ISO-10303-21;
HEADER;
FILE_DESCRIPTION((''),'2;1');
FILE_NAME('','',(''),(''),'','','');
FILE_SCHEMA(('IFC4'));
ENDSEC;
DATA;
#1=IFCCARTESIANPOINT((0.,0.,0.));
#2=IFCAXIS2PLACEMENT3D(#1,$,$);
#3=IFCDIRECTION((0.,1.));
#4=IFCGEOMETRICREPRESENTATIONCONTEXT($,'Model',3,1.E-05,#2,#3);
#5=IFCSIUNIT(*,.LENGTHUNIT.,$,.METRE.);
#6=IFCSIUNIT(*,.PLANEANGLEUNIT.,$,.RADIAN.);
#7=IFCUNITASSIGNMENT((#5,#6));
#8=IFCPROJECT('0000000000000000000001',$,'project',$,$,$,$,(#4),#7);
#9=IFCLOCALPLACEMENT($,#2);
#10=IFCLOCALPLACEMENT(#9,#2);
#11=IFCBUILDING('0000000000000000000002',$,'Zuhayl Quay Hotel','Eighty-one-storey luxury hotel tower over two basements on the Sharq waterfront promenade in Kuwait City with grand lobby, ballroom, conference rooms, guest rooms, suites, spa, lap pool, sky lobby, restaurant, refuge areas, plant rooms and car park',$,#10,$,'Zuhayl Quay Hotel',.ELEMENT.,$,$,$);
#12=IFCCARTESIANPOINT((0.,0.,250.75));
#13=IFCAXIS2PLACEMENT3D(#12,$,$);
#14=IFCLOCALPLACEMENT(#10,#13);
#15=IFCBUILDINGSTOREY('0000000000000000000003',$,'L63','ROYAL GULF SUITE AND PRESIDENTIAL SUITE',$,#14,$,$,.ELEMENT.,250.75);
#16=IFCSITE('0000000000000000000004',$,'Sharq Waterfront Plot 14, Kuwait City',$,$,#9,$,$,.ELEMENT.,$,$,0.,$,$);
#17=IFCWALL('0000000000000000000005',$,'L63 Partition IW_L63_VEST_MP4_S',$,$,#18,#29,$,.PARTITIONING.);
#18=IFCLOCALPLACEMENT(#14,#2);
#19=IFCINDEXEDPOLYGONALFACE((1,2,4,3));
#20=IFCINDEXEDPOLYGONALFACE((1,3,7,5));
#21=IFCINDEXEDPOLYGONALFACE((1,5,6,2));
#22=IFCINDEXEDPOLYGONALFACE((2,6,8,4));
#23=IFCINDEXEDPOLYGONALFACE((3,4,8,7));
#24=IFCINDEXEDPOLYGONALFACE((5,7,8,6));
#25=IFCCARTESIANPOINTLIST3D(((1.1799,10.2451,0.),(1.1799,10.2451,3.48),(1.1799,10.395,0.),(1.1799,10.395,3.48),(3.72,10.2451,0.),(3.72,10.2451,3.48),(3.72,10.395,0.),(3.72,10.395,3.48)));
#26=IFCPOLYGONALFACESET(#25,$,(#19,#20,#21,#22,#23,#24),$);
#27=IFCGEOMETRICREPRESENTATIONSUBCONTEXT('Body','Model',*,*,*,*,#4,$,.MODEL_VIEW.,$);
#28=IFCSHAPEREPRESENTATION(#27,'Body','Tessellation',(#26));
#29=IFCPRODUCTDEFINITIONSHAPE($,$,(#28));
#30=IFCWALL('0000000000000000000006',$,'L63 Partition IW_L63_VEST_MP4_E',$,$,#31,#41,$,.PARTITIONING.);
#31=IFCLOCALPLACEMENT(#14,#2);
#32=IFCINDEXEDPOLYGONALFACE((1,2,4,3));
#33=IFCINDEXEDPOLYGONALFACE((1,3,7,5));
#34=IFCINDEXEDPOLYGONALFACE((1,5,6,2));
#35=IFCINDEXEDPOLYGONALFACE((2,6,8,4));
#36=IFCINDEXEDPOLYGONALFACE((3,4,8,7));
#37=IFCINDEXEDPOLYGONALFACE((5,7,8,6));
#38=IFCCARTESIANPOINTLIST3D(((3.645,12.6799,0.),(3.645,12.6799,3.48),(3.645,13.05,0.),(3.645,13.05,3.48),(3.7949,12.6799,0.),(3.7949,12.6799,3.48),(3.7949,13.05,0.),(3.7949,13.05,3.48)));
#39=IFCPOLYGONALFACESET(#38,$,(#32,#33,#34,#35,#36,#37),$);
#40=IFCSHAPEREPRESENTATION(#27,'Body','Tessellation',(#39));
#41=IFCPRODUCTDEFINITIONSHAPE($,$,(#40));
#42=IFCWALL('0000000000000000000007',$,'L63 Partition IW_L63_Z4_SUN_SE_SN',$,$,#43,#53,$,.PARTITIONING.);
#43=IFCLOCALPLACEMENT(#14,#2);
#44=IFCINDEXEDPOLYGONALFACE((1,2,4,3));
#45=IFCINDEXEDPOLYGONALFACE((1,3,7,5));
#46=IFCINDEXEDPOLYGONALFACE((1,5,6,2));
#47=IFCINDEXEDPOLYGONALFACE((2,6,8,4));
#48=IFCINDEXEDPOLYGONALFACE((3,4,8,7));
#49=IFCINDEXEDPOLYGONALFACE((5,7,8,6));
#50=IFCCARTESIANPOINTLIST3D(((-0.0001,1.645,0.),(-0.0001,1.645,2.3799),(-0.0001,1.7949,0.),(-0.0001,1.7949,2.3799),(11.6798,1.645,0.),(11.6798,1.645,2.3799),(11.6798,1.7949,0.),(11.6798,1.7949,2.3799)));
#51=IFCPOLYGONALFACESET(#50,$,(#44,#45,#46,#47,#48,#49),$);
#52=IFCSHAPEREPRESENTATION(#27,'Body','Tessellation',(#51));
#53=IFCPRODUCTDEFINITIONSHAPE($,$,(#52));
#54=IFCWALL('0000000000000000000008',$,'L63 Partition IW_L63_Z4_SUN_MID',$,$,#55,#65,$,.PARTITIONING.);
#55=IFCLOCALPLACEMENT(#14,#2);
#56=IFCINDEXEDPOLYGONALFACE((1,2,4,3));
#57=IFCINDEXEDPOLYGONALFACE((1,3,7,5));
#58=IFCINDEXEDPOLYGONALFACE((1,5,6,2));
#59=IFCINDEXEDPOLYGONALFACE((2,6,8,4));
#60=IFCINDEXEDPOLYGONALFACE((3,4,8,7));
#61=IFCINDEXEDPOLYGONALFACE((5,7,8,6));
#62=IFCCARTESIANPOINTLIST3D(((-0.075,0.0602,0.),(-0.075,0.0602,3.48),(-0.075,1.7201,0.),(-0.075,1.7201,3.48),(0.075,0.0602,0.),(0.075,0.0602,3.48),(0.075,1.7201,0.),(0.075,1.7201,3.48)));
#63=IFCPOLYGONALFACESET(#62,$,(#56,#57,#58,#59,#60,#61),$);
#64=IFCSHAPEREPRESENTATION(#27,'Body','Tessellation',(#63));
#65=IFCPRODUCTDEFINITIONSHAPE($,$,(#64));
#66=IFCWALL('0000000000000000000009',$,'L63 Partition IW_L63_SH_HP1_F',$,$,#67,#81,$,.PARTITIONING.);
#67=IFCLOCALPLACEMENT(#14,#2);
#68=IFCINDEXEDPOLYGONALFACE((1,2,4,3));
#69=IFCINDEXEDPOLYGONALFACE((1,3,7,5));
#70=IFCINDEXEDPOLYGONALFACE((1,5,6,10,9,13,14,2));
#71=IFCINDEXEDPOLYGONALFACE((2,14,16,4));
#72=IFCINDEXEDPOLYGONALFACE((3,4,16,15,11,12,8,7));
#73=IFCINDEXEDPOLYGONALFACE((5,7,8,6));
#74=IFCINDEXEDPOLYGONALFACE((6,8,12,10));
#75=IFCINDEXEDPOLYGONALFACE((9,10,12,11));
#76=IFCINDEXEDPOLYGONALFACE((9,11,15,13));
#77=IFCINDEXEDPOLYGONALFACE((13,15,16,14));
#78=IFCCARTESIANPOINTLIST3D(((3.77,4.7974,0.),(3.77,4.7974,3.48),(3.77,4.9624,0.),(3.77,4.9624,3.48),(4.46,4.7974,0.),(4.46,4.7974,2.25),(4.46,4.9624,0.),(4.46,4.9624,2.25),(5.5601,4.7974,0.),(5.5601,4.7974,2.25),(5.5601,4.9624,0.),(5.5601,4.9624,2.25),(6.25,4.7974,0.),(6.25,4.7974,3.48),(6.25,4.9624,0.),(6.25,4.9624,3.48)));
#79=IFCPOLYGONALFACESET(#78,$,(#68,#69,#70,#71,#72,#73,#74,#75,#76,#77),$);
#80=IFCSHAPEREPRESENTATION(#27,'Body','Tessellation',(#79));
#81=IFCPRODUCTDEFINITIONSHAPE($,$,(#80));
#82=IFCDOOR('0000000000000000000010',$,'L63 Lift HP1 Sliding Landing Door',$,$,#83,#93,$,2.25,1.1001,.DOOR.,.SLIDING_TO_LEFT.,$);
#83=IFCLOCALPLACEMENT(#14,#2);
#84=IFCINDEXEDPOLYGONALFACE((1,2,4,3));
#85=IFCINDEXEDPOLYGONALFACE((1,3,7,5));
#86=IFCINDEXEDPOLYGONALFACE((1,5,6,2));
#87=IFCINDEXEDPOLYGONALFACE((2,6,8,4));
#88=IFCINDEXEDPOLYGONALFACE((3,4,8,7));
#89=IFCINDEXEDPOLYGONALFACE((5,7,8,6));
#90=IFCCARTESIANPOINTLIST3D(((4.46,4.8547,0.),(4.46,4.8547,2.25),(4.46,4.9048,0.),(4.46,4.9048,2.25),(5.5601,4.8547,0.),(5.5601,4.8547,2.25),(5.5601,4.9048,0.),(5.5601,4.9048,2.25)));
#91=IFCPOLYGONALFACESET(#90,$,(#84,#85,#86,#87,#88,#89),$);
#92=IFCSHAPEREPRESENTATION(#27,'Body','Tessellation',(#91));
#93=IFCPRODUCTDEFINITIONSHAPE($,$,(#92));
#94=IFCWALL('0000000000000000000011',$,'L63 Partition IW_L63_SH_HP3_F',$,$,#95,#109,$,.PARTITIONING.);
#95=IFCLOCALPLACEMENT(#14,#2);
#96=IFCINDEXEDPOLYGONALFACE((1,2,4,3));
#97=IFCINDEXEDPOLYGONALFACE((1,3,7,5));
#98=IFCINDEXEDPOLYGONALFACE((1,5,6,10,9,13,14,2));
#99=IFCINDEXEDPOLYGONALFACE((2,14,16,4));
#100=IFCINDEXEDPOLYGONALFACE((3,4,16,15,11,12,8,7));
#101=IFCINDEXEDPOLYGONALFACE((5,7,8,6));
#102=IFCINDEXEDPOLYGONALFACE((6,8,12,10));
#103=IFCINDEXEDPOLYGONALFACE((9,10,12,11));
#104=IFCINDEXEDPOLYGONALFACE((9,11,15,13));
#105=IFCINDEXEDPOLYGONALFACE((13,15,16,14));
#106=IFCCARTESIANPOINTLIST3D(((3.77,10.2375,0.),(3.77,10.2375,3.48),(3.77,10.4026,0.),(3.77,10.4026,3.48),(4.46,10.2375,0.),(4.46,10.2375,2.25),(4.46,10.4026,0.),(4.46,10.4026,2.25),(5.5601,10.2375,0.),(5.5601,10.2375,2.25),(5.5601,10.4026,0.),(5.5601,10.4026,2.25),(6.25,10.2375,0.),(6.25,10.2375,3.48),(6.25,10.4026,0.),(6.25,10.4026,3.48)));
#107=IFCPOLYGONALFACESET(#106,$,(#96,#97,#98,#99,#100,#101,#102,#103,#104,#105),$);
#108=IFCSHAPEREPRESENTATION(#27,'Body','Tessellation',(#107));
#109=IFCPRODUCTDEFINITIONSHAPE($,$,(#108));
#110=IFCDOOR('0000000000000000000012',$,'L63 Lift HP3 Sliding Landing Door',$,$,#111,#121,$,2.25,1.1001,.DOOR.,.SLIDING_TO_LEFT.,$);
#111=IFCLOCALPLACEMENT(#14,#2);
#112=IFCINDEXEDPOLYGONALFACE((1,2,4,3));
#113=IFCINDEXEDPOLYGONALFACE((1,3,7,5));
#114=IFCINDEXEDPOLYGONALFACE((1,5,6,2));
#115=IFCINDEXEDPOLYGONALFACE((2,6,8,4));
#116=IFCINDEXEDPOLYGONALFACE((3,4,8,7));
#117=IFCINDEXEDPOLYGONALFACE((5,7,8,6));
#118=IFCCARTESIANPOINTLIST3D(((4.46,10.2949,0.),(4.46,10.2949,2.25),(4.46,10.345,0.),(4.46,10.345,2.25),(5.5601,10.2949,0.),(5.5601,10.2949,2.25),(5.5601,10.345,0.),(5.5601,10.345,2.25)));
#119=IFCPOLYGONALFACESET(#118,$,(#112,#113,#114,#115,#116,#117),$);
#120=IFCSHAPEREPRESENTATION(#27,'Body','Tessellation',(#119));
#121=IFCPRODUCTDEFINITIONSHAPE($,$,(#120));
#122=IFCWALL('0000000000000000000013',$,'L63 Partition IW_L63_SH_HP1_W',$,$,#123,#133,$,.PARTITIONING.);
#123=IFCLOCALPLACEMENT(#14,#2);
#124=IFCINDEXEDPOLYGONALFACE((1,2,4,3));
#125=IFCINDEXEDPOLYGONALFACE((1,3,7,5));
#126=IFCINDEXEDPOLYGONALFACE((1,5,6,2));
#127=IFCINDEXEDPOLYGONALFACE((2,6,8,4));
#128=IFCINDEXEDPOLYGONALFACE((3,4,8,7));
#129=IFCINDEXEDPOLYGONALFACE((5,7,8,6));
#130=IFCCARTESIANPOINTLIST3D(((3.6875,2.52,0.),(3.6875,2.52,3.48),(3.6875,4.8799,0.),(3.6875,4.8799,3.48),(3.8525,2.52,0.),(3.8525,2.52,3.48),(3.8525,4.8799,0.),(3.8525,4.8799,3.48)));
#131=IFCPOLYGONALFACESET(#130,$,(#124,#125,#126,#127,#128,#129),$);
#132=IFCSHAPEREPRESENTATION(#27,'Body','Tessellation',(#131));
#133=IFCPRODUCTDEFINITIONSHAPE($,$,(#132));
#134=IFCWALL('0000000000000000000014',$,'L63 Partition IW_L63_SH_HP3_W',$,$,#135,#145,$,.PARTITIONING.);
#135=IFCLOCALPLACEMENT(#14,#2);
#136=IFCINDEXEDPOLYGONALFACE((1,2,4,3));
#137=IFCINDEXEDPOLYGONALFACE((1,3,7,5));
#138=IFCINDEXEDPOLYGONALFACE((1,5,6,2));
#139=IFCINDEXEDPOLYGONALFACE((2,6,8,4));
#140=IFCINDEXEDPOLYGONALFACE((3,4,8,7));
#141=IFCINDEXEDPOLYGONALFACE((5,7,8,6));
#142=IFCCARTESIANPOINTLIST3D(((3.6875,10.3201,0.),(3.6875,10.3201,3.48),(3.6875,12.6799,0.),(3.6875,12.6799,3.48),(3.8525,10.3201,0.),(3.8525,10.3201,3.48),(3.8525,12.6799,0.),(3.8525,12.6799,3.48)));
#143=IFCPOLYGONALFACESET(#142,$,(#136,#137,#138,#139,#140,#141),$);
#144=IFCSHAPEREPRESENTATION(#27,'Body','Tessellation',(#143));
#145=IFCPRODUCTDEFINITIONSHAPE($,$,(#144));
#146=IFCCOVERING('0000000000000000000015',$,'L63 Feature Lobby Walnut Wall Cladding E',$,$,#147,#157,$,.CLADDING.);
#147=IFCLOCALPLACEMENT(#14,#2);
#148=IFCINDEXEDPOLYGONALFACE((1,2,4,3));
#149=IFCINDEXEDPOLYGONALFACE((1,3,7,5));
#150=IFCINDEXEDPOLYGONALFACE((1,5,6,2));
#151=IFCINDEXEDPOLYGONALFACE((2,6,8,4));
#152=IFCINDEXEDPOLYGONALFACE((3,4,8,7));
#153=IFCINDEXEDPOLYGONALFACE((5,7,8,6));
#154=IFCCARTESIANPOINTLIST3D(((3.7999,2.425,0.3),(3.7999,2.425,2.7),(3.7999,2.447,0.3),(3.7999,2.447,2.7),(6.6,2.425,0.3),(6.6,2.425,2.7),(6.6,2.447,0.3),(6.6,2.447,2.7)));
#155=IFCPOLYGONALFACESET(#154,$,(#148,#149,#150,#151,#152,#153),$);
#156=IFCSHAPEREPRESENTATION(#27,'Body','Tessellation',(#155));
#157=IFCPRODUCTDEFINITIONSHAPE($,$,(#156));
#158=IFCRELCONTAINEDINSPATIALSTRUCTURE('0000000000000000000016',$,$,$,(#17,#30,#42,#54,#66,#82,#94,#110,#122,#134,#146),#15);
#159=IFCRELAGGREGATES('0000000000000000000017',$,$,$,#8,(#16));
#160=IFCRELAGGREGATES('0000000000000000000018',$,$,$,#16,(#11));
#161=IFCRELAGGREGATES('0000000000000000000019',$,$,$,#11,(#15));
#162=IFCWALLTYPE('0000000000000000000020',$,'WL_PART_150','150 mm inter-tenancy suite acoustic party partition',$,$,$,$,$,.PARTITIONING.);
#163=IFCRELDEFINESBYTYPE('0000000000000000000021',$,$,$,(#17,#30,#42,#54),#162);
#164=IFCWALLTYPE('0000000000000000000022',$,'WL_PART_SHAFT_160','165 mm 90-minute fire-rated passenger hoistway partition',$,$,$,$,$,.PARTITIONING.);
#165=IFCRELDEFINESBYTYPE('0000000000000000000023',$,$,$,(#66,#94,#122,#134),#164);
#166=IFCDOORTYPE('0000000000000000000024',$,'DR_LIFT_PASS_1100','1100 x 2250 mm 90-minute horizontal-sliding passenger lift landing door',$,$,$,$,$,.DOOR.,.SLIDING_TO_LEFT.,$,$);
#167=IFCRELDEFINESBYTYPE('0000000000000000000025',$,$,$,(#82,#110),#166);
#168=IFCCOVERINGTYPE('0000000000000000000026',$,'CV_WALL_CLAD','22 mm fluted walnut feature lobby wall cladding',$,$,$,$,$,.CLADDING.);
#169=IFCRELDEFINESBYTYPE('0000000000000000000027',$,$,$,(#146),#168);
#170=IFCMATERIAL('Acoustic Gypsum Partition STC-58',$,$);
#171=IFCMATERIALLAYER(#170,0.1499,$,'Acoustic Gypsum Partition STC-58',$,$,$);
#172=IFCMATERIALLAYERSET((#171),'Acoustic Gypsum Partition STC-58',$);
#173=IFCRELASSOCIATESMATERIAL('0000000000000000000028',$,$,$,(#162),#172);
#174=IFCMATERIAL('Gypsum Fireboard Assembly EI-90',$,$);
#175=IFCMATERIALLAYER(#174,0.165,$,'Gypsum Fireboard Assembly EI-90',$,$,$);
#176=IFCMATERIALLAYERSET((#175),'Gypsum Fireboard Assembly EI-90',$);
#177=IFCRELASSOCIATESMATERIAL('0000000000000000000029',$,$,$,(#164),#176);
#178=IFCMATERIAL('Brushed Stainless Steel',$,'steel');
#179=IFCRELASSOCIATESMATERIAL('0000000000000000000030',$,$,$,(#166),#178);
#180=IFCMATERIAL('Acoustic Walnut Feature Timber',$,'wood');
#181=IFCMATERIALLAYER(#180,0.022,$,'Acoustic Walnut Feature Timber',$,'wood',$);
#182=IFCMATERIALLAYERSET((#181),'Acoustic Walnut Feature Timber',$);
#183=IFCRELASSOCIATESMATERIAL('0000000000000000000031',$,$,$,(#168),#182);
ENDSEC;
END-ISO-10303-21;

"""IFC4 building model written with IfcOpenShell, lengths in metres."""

from ifc_helpers import new_model, si_unit, direction, frame, frame_2d, origin, origin_2d, place, context, subcontext, project, spatial, rectangle, extrude, material, layer, layer_set, type_object, element, fill, save


model = new_model("IFC4")

# Units and contexts
model_context = context("Model", 3, precision=1e-05, world=origin(), true_north=direction((0.0, 1.0)))
body_context = subcontext(model_context, "Body", "Model", "MODEL_VIEW")
ifc_project = project(units=[si_unit("LENGTHUNIT", "METRE"), si_unit("PLANEANGLEUNIT", "RADIAN")], contexts=[model_context])

# Site, building, storey
site_placement = place(None, origin())
site = spatial("IfcSite", under=ifc_project, at=site_placement, Name="Sharq Waterfront Plot 14, Kuwait City", CompositionType="ELEMENT", RefElevation=0.0)
building_placement = place(site_placement, origin())
building = spatial("IfcBuilding", under=site, at=building_placement, Name="Zuhayl Quay Hotel", Description="Eighty-one-storey luxury hotel tower over two basements on the Sharq waterfront promenade in Kuwait City with grand lobby, ballroom, conference rooms, guest rooms, suites, spa, lap pool, sky lobby, restaurant, refuge areas, plant rooms and car park", LongName="Zuhayl Quay Hotel", CompositionType="ELEMENT")
storey_placement = place(building_placement, frame((0.0, 0.0, 250.75)))
storey = spatial("IfcBuildingStorey", under=building, at=storey_placement, Name="L63", Description="ROYAL GULF SUITE AND PRESIDENTIAL SUITE", CompositionType="ELEMENT", Elevation=250.75)

# Shared definitions
ifc_material_1 = material(Name="Acoustic Gypsum Partition STC-58")
ifc_layer_1 = layer(ifc_material_1, 0.1499, Name="Acoustic Gypsum Partition STC-58")
ifc_layer_set_1 = layer_set([ifc_layer_1], Name="Acoustic Gypsum Partition STC-58")
wall_type_1 = type_object("IfcWallType", Name="WL_PART_150", Description="150 mm inter-tenancy suite acoustic party partition", PredefinedType="PARTITIONING", material=ifc_layer_set_1)

# Walls
wall_1_placement = place(storey_placement, frame((1.1799, 10.3201, 0.0), z_axis=(0.0, 0.0, 1.0), x_axis=(1.0, 0.0, 0.0)))
element("IfcWall", 1, at=wall_1_placement, inside=storey, type_object=wall_type_1, Name="L63 Partition IW_L63_VEST_MP4_S", PredefinedType="PARTITIONING", context=body_context, shape_type="SweptSolid", body=[
    extrude(rectangle(XDim=2.54, YDim=0.1499, at=frame_2d((1.27, 0.0))), origin(), (0.0, 0.0, 1.0), 3.48),
])
wall_2_placement = place(storey_placement, frame((3.72, 12.6799, 0.0), z_axis=(0.0, 0.0, 1.0), x_axis=(0.0, 1.0, 0.0)))
element("IfcWall", 2, at=wall_2_placement, inside=storey, type_object=wall_type_1, Name="L63 Partition IW_L63_VEST_MP4_E", PredefinedType="PARTITIONING", context=body_context, shape_type="SweptSolid", body=[
    extrude(rectangle(XDim=0.3701, YDim=0.1499, at=frame_2d((0.1851, 0.0))), origin(), (0.0, 0.0, 1.0), 3.48),
])
wall_3_placement = place(storey_placement, frame((0.0, 1.72, 0.0), z_axis=(0.0, 0.0, 1.0), x_axis=(1.0, 0.0, 0.0)))
element("IfcWall", 3, at=wall_3_placement, inside=storey, type_object=wall_type_1, Name="L63 Partition IW_L63_Z4_SUN_SE_SN", PredefinedType="PARTITIONING", context=body_context, shape_type="SweptSolid", body=[
    extrude(rectangle(XDim=11.6799, YDim=0.1499, at=frame_2d((5.8398, 0.0))), origin(), (0.0, 0.0, 1.0), 2.3799),
])
wall_4_placement = place(storey_placement, frame((0.0, 0.0601, 0.0), z_axis=(0.0, 0.0, 1.0), x_axis=(0.0, 1.0, 0.0)))
element("IfcWall", 4, at=wall_4_placement, inside=storey, type_object=wall_type_1, Name="L63 Partition IW_L63_Z4_SUN_MID", PredefinedType="PARTITIONING", context=body_context, shape_type="SweptSolid", body=[
    extrude(rectangle(XDim=1.6599, YDim=0.1499, at=frame_2d((0.8301, 0.0))), origin(), (0.0, 0.0, 1.0), 3.48),
])

# Walls, openings, doors
ifc_material_2 = material(Name="Gypsum Fireboard Assembly EI-90")
ifc_layer_2 = layer(ifc_material_2, 0.165, Name="Gypsum Fireboard Assembly EI-90")
ifc_layer_set_2 = layer_set([ifc_layer_2], Name="Gypsum Fireboard Assembly EI-90")
wall_type_2 = type_object("IfcWallType", Name="WL_PART_SHAFT_160", Description="165 mm 90-minute fire-rated passenger hoistway partition", PredefinedType="PARTITIONING", material=ifc_layer_set_2)
wall_5_placement = place(storey_placement, frame((3.77, 4.8799, 0.0), z_axis=(0.0, 0.0, 1.0), x_axis=(1.0, 0.0, 0.0)))
wall_5 = element("IfcWall", 5, at=wall_5_placement, inside=storey, type_object=wall_type_2, Name="L63 Partition IW_L63_SH_HP1_F", PredefinedType="PARTITIONING", context=body_context, shape_type="SweptSolid", body=[
    extrude(rectangle(XDim=2.48, YDim=0.165, at=frame_2d((1.24, 0.0))), origin(), (0.0, 0.0, 1.0), 3.48),
])
opening_1_placement = place(wall_5_placement, frame((0.6899, 0.0, 0.0)))
opening_1 = element("IfcOpeningElement", 6, at=opening_1_placement, cuts=wall_5, PredefinedType="OPENING", context=body_context, shape_type="SweptSolid", body=[
    extrude(rectangle(XDim=1.1001, YDim=2.25, at=frame_2d((0.55, 1.125))), frame((0.0, 0.0925, 0.0), z_axis=(0.0, -1.0, 0.0), x_axis=(1.0, 0.0, 0.0)), (0.0, 0.0, 1.0), 0.1851),
])
ifc_material_3 = material(Name="Brushed Stainless Steel", Category="steel")
door_type_1 = type_object("IfcDoorType", Name="DR_LIFT_PASS_1100", Description="1100 x 2250 mm 90-minute horizontal-sliding passenger lift landing door", OperationType="SLIDING_TO_LEFT", PredefinedType="DOOR", material=ifc_material_3)
door_1_placement = place(opening_1_placement, origin())
door_1 = element("IfcDoor", 7, at=door_1_placement, inside=storey, type_object=door_type_1, Name="L63 Lift HP1 Sliding Landing Door", OperationType="SLIDING_TO_LEFT", OverallHeight=2.25, OverallWidth=1.1001, PredefinedType="DOOR", context=body_context, shape_type="SweptSolid", body=[
    extrude(rectangle(XDim=1.1001, YDim=2.25, at=frame_2d((0.55, 1.125))), frame((0.0, 0.0249, 0.0), z_axis=(0.0, -1.0, 0.0), x_axis=(1.0, 0.0, 0.0)), (0.0, 0.0, 1.0), 0.05),
])
fill(opening_1, door_1)
wall_6_placement = place(storey_placement, frame((3.77, 10.3201, 0.0), z_axis=(0.0, 0.0, 1.0), x_axis=(1.0, 0.0, 0.0)))
wall_6 = element("IfcWall", 8, at=wall_6_placement, inside=storey, type_object=wall_type_2, Name="L63 Partition IW_L63_SH_HP3_F", PredefinedType="PARTITIONING", context=body_context, shape_type="SweptSolid", body=[
    extrude(rectangle(XDim=2.48, YDim=0.165, at=frame_2d((1.24, 0.0))), origin(), (0.0, 0.0, 1.0), 3.48),
])
opening_2_placement = place(wall_6_placement, frame((0.6899, 0.0, 0.0)))
opening_2 = element("IfcOpeningElement", 9, at=opening_2_placement, cuts=wall_6, PredefinedType="OPENING", context=body_context, shape_type="SweptSolid", body=[
    extrude(rectangle(XDim=1.1001, YDim=2.25, at=frame_2d((0.55, 1.125))), frame((0.0, 0.0925, 0.0), z_axis=(0.0, -1.0, 0.0), x_axis=(1.0, 0.0, 0.0)), (0.0, 0.0, 1.0), 0.1851),
])
door_2_placement = place(opening_2_placement, origin())
door_2 = element("IfcDoor", 10, at=door_2_placement, inside=storey, type_object=door_type_1, Name="L63 Lift HP3 Sliding Landing Door", OperationType="SLIDING_TO_LEFT", OverallHeight=2.25, OverallWidth=1.1001, PredefinedType="DOOR", context=body_context, shape_type="SweptSolid", body=[
    extrude(rectangle(XDim=1.1001, YDim=2.25, at=frame_2d((0.55, 1.125))), frame((0.0, 0.0249, 0.0), z_axis=(0.0, -1.0, 0.0), x_axis=(1.0, 0.0, 0.0)), (0.0, 0.0, 1.0), 0.05),
])
fill(opening_2, door_2)

# Walls
for number, where, z_axis, x_axis, name in (
    (11, (3.77, 2.52, 0.0), (0.0, 0.0, 1.0), (0.0, 1.0, 0.0), "L63 Partition IW_L63_SH_HP1_W"),
    (12, (3.77, 10.3201, 0.0), (0.0, 0.0, 1.0), (0.0, 1.0, 0.0), "L63 Partition IW_L63_SH_HP3_W"),
):
    element("IfcWall", number, at=place(storey_placement, frame(where, z_axis=z_axis, x_axis=x_axis)), inside=storey, type_object=wall_type_2, Name=name, PredefinedType="PARTITIONING", context=body_context, shape_type="SweptSolid", body=[
        extrude(rectangle(XDim=2.3599, YDim=0.165, at=frame_2d((1.1799, 0.0))), origin(), (0.0, 0.0, 1.0), 3.48),
    ])

# Covering
ifc_material_4 = material(Name="Acoustic Walnut Feature Timber", Category="wood")
ifc_layer_3 = layer(ifc_material_4, 0.022, Name="Acoustic Walnut Feature Timber", Category="wood")
ifc_layer_set_3 = layer_set([ifc_layer_3], Name="Acoustic Walnut Feature Timber")
covering_type = type_object("IfcCoveringType", Name="CV_WALL_CLAD", Description="22 mm fluted walnut feature lobby wall cladding", PredefinedType="CLADDING", material=ifc_layer_set_3)
covering_placement = place(storey_placement, frame((5.2, 2.436, 0.3), z_axis=(0.0, 0.0, 1.0), x_axis=(1.0, 0.0, 0.0)))
element("IfcCovering", 13, at=covering_placement, inside=storey, type_object=covering_type, Name="L63 Feature Lobby Walnut Wall Cladding E", PredefinedType="CLADDING", context=body_context, shape_type="SweptSolid", body=[
    extrude(rectangle(XDim=2.8, YDim=0.022, at=origin_2d()), origin(), (0.0, 0.0, 1.0), 2.3999),
])

save(model, "model.ifc")
